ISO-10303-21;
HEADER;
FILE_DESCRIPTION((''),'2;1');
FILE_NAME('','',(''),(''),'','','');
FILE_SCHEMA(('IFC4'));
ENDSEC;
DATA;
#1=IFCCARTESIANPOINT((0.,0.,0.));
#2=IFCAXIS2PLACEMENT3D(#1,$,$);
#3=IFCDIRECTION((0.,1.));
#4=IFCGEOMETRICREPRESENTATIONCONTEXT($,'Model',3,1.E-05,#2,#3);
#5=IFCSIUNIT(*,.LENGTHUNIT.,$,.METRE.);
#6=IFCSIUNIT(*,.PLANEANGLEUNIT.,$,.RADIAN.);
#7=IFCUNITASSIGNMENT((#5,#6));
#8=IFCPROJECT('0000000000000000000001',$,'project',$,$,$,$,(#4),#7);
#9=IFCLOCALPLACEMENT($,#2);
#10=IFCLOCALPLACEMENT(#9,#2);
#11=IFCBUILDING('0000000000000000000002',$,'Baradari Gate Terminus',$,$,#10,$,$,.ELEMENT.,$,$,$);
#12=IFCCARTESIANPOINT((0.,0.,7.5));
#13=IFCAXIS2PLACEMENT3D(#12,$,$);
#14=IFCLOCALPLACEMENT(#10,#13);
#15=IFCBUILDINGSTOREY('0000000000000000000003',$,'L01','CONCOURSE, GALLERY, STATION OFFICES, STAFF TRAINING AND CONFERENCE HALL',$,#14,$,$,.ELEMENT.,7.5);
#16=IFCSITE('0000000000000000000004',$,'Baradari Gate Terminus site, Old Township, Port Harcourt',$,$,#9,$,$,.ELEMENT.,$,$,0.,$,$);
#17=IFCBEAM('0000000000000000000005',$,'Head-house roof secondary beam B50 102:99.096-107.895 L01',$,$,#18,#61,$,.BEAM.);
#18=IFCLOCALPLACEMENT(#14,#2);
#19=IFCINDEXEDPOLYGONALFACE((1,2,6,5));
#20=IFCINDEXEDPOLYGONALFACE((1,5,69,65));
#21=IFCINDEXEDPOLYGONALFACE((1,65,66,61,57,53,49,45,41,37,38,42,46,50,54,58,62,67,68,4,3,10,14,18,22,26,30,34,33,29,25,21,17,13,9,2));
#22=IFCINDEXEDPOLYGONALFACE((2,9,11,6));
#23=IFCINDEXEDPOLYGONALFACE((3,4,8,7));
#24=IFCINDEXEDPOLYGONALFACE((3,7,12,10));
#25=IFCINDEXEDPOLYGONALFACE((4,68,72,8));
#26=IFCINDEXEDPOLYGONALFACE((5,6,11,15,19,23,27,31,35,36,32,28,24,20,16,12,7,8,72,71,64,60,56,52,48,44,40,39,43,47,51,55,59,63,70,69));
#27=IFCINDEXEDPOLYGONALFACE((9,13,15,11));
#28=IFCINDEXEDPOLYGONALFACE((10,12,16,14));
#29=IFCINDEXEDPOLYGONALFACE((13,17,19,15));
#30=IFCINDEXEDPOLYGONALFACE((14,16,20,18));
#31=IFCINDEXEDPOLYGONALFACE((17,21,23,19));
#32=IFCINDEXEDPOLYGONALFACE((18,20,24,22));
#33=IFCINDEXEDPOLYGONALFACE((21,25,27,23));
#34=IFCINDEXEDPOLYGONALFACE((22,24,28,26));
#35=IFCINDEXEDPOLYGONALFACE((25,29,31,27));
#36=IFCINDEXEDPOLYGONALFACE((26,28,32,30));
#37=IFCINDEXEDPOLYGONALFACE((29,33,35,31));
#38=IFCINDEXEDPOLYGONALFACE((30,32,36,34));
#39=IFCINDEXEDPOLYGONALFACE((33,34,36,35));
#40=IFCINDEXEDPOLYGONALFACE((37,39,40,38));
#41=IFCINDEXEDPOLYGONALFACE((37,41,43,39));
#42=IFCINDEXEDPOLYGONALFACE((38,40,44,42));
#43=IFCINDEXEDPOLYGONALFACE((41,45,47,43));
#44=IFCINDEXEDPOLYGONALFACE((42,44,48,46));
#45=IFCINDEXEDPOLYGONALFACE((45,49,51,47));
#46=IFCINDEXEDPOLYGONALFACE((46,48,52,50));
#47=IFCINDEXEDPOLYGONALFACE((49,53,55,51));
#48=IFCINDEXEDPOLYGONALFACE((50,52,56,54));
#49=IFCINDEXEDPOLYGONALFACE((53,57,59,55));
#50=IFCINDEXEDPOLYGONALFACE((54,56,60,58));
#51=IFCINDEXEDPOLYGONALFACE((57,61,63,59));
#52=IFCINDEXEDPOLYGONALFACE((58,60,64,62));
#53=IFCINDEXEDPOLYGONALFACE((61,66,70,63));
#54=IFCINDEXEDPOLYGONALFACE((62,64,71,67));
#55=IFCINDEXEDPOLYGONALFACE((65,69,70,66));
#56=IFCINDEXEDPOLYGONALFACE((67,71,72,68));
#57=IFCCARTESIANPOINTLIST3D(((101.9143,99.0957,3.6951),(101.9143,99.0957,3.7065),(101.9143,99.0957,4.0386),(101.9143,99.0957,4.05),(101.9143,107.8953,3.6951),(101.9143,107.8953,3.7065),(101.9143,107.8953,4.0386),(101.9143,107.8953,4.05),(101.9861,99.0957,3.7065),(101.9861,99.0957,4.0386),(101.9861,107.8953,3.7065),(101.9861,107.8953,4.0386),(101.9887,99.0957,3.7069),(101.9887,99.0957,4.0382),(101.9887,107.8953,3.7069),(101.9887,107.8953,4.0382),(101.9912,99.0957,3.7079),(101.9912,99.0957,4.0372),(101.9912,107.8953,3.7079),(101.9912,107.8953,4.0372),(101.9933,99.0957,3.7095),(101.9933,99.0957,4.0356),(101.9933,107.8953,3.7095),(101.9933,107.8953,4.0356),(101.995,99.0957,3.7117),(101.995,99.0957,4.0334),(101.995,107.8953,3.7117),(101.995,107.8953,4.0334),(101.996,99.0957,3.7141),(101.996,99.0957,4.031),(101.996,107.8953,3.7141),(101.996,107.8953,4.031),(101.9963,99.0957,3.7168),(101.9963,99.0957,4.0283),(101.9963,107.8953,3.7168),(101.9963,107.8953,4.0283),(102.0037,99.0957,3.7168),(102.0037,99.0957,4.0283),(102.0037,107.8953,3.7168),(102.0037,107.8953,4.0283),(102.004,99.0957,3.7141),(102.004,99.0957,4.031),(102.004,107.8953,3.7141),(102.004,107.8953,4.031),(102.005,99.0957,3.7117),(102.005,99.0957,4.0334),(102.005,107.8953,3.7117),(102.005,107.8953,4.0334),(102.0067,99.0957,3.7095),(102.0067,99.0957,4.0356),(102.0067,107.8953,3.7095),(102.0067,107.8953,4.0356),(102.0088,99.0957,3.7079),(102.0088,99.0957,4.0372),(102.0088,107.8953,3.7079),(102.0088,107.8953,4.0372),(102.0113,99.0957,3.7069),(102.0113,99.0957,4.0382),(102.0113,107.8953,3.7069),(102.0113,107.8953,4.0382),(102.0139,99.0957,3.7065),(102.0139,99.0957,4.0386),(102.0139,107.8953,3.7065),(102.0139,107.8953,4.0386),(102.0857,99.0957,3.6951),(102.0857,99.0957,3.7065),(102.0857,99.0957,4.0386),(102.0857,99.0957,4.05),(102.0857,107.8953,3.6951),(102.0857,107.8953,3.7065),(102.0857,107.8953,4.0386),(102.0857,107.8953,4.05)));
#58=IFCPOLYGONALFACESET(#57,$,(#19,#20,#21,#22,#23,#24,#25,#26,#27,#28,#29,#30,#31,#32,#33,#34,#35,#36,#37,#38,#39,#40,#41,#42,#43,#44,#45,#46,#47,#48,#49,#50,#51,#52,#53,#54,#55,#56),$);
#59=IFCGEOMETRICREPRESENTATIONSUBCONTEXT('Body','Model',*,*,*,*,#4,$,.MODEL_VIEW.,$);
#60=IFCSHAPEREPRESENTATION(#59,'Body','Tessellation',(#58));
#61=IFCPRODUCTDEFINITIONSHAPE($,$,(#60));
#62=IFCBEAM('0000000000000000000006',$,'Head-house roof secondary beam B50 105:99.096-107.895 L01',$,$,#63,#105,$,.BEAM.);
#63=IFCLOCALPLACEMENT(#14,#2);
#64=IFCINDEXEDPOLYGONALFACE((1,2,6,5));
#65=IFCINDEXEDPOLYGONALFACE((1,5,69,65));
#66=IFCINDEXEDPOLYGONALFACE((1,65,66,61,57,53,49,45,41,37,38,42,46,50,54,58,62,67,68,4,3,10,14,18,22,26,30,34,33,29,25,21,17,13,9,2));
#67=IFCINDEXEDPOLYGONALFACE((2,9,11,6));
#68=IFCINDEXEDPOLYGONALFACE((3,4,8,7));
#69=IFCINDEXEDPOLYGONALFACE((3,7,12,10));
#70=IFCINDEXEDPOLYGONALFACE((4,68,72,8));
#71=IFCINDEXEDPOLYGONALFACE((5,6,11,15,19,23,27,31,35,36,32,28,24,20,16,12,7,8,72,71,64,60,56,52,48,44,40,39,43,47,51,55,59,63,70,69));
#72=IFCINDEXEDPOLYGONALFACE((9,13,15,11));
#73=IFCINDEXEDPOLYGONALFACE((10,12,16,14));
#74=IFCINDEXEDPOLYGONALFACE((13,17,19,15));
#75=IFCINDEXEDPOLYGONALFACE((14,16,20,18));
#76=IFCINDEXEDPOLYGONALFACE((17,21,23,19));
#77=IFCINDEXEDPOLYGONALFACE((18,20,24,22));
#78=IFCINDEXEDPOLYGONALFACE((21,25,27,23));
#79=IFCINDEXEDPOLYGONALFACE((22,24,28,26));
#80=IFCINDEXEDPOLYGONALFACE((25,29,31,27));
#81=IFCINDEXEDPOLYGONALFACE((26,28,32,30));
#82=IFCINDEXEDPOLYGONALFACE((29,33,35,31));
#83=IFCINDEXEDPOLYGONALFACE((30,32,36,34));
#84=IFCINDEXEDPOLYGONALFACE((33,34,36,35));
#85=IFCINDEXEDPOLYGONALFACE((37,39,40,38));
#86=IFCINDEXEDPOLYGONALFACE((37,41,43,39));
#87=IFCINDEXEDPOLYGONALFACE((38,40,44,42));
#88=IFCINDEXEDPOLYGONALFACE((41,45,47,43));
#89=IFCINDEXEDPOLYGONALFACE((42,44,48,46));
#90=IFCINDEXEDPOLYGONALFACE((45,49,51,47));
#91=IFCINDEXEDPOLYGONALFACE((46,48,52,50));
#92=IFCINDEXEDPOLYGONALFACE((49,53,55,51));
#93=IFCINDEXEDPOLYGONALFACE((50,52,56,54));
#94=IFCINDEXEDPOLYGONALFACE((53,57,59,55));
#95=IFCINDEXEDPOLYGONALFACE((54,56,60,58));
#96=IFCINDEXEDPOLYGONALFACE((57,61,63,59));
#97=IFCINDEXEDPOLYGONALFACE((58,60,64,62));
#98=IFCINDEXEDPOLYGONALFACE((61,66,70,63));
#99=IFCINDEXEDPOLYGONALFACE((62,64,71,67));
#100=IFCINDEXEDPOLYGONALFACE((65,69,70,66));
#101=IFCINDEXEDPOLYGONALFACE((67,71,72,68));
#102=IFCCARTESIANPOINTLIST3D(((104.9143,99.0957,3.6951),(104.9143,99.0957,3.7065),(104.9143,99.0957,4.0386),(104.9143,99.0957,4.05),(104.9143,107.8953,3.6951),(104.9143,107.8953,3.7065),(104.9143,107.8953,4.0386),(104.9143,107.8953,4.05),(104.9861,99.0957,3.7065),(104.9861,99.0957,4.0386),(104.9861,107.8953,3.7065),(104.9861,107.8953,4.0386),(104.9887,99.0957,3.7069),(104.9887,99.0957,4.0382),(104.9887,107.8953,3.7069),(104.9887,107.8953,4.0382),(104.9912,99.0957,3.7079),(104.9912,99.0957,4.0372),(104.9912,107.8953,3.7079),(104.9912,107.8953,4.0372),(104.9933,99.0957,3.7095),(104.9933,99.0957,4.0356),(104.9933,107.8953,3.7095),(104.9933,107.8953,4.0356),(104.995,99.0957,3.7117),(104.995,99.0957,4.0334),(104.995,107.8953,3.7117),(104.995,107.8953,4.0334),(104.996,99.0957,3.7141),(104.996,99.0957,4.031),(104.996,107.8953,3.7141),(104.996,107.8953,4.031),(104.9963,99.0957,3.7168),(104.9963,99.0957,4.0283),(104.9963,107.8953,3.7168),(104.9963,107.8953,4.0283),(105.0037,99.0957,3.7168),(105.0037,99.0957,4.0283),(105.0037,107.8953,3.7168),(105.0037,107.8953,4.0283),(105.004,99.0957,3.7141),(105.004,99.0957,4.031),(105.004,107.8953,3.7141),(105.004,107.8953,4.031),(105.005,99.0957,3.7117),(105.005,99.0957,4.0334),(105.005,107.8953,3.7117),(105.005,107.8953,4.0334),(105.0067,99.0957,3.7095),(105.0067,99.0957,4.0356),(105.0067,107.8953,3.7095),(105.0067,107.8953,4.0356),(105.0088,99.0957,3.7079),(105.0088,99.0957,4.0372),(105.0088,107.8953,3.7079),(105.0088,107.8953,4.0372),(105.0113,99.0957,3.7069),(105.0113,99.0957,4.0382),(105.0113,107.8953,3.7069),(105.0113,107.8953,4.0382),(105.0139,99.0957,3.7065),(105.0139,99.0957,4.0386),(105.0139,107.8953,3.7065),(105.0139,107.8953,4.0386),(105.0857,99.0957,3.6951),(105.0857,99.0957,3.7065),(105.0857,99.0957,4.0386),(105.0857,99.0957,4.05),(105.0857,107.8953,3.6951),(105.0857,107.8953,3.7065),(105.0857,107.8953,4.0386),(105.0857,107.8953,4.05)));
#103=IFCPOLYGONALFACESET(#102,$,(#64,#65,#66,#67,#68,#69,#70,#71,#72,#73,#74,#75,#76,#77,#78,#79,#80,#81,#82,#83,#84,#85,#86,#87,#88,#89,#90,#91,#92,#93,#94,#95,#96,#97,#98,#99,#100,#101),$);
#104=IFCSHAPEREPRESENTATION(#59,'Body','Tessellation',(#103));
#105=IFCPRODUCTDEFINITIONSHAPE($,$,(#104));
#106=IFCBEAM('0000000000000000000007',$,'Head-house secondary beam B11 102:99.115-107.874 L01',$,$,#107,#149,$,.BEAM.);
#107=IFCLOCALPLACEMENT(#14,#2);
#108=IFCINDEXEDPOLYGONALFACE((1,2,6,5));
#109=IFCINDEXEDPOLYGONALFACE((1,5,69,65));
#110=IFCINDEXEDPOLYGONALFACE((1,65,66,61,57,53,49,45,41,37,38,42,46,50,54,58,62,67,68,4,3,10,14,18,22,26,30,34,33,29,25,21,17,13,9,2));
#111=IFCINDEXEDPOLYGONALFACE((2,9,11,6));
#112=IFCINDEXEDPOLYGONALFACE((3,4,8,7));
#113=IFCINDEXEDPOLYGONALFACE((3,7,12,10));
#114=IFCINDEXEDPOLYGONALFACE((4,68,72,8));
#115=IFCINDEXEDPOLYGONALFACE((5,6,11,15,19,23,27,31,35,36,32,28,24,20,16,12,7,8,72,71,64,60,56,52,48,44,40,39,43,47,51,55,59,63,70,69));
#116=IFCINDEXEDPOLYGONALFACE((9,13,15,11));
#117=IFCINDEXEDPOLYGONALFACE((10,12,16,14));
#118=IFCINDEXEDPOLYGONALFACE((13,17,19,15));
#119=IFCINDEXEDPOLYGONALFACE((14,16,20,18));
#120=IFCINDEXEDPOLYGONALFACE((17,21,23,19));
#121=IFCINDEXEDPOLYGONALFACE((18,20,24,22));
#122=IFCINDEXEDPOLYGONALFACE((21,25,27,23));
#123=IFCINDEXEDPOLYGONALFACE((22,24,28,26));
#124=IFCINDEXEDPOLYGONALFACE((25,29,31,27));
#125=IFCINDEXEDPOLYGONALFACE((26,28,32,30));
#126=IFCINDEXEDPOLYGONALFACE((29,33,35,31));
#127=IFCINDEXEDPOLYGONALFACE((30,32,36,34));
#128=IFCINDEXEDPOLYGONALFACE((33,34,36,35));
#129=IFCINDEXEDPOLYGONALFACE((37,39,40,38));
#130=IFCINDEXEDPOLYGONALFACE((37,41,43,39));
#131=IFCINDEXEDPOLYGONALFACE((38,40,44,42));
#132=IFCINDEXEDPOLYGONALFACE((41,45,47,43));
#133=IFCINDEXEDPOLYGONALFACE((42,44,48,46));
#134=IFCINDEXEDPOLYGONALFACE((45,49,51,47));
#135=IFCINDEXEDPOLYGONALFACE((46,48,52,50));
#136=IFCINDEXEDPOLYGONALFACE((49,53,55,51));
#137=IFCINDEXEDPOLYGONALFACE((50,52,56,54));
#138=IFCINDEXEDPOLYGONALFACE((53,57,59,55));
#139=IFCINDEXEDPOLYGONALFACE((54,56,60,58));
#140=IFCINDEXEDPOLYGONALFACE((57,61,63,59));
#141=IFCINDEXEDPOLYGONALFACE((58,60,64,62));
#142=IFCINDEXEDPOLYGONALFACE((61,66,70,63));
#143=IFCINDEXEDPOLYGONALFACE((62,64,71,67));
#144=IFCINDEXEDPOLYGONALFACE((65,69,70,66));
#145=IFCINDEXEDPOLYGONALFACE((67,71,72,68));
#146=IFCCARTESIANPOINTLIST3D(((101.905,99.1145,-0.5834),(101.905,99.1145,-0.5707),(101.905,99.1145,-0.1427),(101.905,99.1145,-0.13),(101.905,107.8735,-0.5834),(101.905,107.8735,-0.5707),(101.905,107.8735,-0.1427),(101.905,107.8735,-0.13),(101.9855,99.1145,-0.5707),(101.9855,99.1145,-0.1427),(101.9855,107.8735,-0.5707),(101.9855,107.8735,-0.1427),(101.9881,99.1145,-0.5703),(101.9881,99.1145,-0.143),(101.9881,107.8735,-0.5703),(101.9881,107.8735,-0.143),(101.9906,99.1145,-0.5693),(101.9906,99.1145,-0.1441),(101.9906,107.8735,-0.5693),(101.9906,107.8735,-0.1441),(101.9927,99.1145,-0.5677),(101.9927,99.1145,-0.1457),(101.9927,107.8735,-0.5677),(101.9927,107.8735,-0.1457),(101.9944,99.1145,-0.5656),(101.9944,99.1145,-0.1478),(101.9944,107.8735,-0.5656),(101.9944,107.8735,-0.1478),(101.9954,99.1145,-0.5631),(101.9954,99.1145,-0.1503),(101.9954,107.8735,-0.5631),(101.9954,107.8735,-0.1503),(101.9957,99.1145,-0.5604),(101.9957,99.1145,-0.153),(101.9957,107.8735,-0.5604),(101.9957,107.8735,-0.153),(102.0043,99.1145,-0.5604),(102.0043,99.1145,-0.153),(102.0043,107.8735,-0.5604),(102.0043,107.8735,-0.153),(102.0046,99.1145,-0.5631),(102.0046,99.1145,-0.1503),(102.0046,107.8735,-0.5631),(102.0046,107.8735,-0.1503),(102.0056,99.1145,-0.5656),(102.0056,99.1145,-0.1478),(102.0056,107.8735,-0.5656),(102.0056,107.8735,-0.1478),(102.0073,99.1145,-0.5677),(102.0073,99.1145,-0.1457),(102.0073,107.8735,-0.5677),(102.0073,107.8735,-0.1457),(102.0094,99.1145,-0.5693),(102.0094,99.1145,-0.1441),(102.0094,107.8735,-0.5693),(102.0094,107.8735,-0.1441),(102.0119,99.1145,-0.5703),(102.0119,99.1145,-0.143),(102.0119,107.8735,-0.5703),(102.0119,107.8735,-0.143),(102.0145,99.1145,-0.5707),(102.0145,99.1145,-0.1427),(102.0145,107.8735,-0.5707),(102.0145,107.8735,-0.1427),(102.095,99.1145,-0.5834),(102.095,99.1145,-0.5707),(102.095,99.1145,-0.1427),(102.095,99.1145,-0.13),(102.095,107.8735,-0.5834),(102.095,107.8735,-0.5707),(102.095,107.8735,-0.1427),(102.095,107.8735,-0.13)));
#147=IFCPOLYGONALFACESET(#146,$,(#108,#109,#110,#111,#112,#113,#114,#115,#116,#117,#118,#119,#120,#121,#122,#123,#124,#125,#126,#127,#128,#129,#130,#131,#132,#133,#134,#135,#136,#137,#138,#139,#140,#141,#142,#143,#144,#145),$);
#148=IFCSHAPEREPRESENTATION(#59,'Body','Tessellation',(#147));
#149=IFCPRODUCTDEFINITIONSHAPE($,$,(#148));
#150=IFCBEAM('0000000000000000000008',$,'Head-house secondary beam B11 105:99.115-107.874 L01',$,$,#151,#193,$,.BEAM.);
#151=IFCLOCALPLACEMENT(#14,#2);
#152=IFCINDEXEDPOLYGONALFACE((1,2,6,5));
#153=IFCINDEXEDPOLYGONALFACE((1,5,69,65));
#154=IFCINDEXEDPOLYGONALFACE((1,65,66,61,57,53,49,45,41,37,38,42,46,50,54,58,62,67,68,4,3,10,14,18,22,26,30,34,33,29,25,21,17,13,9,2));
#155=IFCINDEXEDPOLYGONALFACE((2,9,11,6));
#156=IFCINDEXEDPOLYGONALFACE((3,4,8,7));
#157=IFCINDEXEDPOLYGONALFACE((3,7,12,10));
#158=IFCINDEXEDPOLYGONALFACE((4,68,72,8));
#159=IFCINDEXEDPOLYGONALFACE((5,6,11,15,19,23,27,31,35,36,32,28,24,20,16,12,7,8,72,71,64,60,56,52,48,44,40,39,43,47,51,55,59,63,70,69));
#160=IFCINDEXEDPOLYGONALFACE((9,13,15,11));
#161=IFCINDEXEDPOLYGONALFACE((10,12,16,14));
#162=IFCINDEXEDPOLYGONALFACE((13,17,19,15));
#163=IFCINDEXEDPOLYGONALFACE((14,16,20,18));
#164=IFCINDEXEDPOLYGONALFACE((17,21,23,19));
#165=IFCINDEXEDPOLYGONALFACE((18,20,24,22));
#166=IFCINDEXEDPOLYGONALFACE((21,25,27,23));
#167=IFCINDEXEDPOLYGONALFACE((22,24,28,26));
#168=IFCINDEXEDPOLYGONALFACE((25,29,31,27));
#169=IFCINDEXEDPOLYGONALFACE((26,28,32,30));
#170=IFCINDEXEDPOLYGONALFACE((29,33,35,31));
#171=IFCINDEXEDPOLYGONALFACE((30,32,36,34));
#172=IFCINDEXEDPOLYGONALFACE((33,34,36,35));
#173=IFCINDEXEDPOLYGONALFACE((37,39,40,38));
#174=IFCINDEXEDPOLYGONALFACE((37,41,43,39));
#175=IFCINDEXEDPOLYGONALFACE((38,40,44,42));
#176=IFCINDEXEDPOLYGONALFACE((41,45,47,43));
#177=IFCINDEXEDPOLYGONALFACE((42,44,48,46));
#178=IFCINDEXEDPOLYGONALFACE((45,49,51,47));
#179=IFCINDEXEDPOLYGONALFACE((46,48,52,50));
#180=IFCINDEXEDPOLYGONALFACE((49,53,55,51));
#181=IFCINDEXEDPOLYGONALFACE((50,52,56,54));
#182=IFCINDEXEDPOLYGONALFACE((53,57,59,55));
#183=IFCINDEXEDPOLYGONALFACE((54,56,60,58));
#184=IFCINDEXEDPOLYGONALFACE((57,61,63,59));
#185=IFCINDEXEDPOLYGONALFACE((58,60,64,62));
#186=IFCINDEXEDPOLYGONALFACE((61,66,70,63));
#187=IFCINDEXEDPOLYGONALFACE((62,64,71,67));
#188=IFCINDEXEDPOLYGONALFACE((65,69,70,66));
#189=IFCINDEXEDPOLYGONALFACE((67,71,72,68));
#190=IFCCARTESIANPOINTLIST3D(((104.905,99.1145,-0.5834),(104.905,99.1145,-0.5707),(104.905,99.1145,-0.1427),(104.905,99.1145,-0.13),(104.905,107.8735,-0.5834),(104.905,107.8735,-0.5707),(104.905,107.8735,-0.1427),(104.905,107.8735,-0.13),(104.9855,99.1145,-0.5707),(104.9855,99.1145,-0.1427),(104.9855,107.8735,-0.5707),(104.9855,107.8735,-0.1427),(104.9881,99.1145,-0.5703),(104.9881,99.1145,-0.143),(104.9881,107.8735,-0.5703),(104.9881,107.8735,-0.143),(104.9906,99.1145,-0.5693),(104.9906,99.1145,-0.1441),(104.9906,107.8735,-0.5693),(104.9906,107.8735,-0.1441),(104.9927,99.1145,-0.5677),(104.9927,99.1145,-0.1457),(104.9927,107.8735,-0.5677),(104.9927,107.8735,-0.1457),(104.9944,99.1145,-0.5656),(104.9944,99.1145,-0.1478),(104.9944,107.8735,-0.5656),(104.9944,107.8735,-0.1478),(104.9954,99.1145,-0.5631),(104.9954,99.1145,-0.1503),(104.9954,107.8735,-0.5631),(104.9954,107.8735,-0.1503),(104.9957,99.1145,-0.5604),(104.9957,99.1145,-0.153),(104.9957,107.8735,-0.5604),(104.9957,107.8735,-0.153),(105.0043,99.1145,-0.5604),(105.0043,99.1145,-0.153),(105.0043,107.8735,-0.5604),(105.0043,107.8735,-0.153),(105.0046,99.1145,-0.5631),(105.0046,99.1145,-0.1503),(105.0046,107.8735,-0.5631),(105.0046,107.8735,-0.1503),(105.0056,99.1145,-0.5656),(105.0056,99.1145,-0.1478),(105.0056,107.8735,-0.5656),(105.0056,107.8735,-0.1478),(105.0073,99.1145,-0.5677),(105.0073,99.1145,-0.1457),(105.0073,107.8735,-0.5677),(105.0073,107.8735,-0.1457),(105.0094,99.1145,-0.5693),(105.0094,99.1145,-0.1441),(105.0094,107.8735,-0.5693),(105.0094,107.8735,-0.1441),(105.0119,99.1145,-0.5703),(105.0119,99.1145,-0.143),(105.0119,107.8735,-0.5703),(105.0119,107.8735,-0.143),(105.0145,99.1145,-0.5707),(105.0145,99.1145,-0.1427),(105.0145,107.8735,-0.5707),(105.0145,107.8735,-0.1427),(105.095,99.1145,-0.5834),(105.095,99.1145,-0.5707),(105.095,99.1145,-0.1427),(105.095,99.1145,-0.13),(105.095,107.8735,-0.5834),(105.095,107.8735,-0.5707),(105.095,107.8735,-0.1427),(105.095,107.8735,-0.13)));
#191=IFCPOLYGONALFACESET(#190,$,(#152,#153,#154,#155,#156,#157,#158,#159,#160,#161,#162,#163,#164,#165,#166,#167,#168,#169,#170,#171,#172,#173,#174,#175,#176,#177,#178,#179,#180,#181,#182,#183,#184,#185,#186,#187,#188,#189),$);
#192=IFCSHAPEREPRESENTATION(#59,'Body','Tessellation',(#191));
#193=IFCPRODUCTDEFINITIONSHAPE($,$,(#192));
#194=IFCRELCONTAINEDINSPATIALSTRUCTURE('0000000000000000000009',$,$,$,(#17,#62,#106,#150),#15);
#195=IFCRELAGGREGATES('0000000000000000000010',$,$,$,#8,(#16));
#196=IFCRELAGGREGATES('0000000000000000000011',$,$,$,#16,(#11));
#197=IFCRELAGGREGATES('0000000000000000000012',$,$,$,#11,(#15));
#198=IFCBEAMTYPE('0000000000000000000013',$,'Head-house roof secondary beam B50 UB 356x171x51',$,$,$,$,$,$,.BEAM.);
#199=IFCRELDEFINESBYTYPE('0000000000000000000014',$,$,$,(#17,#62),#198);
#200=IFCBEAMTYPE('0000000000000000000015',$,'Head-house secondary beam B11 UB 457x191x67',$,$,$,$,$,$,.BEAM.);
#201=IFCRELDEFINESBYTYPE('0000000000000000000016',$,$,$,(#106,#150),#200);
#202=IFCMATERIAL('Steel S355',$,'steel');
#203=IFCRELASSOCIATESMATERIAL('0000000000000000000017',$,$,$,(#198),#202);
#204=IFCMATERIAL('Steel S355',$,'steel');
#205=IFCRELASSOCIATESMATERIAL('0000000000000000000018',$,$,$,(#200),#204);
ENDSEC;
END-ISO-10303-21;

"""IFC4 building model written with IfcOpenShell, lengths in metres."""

from ifc_helpers import new_model, si_unit, direction, frame, origin, origin_2d, place, context, subcontext, project, spatial, i_section, extrude, material, material_profile, profile_set, type_object, element, save


model = new_model("IFC4")

# Units and contexts
model_context = context("Model", 3, precision=1e-05, world=origin(), true_north=direction((0.0, 1.0)))
body_context = subcontext(model_context, "Body", "Model", "MODEL_VIEW")
ifc_project = project(units=[si_unit("LENGTHUNIT", "METRE"), si_unit("PLANEANGLEUNIT", "RADIAN")], contexts=[model_context])

# Site, building, storey
site_placement = place(None, origin())
site = spatial("IfcSite", under=ifc_project, at=site_placement, Name="Baradari Gate Terminus site, Old Township, Port Harcourt", CompositionType="ELEMENT", RefElevation=0.0)
building_placement = place(site_placement, origin())
building = spatial("IfcBuilding", under=site, at=building_placement, Name="Baradari Gate Terminus", CompositionType="ELEMENT")
storey_placement = place(building_placement, frame((0.0, 0.0, 7.5)))
storey = spatial("IfcBuildingStorey", under=building, at=storey_placement, Name="L01", Description="CONCOURSE, GALLERY, STATION OFFICES, STAFF TRAINING AND CONFERENCE HALL", CompositionType="ELEMENT", Elevation=7.5)

# Beams
ifc_material_1 = material(Name="Steel S355", Category="steel")
ifc_material_profile_1 = material_profile(ifc_material_1, i_section(OverallWidth=0.1714, OverallDepth=0.355, WebThickness=0.0073, FlangeThickness=0.0115, FilletRadius=0.0103, at=origin_2d()), Name="UB 356x171x51")
ifc_profile_set_1 = profile_set([ifc_material_profile_1], Name="Steel S355")
beam_type_1 = type_object("IfcBeamType", Name="Head-house roof secondary beam B50 UB 356x171x51", PredefinedType="BEAM", material=ifc_profile_set_1)
for number, where, z_axis, x_axis, name in (
    (1, (102.0, 99.0957, 3.8726), (0.0, 1.0, 0.0), (-1.0, 0.0, 0.0), "Head-house roof secondary beam B50 102:99.096-107.895 L01"),
    (2, (105.0, 99.0957, 3.8726), (0.0, 1.0, 0.0), (-1.0, 0.0, 0.0), "Head-house roof secondary beam B50 105:99.096-107.895 L01"),
):
    element("IfcBeam", number, at=place(storey_placement, frame(where, z_axis=z_axis, x_axis=x_axis)), inside=storey, type_object=beam_type_1, Name=name, PredefinedType="BEAM", context=body_context, shape_type="SweptSolid", body=[
        extrude(i_section(OverallWidth=0.1714, OverallDepth=0.355, WebThickness=0.0073, FlangeThickness=0.0115, FilletRadius=0.0103, at=origin_2d()), origin(), (0.0, 0.0, 1.0), 8.7996),
    ])
ifc_material_2 = material(Name="Steel S355", Category="steel")
ifc_material_profile_2 = material_profile(ifc_material_2, i_section(OverallWidth=0.1899, OverallDepth=0.4534, WebThickness=0.0085, FlangeThickness=0.0127, FilletRadius=0.0103, at=origin_2d()), Name="UB 457x191x67")
ifc_profile_set_2 = profile_set([ifc_material_profile_2], Name="Steel S355")
beam_type_2 = type_object("IfcBeamType", Name="Head-house secondary beam B11 UB 457x191x67", PredefinedType="BEAM", material=ifc_profile_set_2)
for number, where, z_axis, x_axis, name in (
    (3, (102.0, 99.1145, -0.3567), (0.0, 1.0, 0.0), (-1.0, 0.0, 0.0), "Head-house secondary beam B11 102:99.115-107.874 L01"),
    (4, (105.0, 99.1145, -0.3567), (0.0, 1.0, 0.0), (-1.0, 0.0, 0.0), "Head-house secondary beam B11 105:99.115-107.874 L01"),
):
    element("IfcBeam", number, at=place(storey_placement, frame(where, z_axis=z_axis, x_axis=x_axis)), inside=storey, type_object=beam_type_2, Name=name, PredefinedType="BEAM", context=body_context, shape_type="SweptSolid", body=[
        extrude(i_section(OverallWidth=0.1899, OverallDepth=0.4534, WebThickness=0.0085, FlangeThickness=0.0127, FilletRadius=0.0103, at=origin_2d()), origin(), (0.0, 0.0, 1.0), 8.759),
    ])

save(model, "model.ifc")
